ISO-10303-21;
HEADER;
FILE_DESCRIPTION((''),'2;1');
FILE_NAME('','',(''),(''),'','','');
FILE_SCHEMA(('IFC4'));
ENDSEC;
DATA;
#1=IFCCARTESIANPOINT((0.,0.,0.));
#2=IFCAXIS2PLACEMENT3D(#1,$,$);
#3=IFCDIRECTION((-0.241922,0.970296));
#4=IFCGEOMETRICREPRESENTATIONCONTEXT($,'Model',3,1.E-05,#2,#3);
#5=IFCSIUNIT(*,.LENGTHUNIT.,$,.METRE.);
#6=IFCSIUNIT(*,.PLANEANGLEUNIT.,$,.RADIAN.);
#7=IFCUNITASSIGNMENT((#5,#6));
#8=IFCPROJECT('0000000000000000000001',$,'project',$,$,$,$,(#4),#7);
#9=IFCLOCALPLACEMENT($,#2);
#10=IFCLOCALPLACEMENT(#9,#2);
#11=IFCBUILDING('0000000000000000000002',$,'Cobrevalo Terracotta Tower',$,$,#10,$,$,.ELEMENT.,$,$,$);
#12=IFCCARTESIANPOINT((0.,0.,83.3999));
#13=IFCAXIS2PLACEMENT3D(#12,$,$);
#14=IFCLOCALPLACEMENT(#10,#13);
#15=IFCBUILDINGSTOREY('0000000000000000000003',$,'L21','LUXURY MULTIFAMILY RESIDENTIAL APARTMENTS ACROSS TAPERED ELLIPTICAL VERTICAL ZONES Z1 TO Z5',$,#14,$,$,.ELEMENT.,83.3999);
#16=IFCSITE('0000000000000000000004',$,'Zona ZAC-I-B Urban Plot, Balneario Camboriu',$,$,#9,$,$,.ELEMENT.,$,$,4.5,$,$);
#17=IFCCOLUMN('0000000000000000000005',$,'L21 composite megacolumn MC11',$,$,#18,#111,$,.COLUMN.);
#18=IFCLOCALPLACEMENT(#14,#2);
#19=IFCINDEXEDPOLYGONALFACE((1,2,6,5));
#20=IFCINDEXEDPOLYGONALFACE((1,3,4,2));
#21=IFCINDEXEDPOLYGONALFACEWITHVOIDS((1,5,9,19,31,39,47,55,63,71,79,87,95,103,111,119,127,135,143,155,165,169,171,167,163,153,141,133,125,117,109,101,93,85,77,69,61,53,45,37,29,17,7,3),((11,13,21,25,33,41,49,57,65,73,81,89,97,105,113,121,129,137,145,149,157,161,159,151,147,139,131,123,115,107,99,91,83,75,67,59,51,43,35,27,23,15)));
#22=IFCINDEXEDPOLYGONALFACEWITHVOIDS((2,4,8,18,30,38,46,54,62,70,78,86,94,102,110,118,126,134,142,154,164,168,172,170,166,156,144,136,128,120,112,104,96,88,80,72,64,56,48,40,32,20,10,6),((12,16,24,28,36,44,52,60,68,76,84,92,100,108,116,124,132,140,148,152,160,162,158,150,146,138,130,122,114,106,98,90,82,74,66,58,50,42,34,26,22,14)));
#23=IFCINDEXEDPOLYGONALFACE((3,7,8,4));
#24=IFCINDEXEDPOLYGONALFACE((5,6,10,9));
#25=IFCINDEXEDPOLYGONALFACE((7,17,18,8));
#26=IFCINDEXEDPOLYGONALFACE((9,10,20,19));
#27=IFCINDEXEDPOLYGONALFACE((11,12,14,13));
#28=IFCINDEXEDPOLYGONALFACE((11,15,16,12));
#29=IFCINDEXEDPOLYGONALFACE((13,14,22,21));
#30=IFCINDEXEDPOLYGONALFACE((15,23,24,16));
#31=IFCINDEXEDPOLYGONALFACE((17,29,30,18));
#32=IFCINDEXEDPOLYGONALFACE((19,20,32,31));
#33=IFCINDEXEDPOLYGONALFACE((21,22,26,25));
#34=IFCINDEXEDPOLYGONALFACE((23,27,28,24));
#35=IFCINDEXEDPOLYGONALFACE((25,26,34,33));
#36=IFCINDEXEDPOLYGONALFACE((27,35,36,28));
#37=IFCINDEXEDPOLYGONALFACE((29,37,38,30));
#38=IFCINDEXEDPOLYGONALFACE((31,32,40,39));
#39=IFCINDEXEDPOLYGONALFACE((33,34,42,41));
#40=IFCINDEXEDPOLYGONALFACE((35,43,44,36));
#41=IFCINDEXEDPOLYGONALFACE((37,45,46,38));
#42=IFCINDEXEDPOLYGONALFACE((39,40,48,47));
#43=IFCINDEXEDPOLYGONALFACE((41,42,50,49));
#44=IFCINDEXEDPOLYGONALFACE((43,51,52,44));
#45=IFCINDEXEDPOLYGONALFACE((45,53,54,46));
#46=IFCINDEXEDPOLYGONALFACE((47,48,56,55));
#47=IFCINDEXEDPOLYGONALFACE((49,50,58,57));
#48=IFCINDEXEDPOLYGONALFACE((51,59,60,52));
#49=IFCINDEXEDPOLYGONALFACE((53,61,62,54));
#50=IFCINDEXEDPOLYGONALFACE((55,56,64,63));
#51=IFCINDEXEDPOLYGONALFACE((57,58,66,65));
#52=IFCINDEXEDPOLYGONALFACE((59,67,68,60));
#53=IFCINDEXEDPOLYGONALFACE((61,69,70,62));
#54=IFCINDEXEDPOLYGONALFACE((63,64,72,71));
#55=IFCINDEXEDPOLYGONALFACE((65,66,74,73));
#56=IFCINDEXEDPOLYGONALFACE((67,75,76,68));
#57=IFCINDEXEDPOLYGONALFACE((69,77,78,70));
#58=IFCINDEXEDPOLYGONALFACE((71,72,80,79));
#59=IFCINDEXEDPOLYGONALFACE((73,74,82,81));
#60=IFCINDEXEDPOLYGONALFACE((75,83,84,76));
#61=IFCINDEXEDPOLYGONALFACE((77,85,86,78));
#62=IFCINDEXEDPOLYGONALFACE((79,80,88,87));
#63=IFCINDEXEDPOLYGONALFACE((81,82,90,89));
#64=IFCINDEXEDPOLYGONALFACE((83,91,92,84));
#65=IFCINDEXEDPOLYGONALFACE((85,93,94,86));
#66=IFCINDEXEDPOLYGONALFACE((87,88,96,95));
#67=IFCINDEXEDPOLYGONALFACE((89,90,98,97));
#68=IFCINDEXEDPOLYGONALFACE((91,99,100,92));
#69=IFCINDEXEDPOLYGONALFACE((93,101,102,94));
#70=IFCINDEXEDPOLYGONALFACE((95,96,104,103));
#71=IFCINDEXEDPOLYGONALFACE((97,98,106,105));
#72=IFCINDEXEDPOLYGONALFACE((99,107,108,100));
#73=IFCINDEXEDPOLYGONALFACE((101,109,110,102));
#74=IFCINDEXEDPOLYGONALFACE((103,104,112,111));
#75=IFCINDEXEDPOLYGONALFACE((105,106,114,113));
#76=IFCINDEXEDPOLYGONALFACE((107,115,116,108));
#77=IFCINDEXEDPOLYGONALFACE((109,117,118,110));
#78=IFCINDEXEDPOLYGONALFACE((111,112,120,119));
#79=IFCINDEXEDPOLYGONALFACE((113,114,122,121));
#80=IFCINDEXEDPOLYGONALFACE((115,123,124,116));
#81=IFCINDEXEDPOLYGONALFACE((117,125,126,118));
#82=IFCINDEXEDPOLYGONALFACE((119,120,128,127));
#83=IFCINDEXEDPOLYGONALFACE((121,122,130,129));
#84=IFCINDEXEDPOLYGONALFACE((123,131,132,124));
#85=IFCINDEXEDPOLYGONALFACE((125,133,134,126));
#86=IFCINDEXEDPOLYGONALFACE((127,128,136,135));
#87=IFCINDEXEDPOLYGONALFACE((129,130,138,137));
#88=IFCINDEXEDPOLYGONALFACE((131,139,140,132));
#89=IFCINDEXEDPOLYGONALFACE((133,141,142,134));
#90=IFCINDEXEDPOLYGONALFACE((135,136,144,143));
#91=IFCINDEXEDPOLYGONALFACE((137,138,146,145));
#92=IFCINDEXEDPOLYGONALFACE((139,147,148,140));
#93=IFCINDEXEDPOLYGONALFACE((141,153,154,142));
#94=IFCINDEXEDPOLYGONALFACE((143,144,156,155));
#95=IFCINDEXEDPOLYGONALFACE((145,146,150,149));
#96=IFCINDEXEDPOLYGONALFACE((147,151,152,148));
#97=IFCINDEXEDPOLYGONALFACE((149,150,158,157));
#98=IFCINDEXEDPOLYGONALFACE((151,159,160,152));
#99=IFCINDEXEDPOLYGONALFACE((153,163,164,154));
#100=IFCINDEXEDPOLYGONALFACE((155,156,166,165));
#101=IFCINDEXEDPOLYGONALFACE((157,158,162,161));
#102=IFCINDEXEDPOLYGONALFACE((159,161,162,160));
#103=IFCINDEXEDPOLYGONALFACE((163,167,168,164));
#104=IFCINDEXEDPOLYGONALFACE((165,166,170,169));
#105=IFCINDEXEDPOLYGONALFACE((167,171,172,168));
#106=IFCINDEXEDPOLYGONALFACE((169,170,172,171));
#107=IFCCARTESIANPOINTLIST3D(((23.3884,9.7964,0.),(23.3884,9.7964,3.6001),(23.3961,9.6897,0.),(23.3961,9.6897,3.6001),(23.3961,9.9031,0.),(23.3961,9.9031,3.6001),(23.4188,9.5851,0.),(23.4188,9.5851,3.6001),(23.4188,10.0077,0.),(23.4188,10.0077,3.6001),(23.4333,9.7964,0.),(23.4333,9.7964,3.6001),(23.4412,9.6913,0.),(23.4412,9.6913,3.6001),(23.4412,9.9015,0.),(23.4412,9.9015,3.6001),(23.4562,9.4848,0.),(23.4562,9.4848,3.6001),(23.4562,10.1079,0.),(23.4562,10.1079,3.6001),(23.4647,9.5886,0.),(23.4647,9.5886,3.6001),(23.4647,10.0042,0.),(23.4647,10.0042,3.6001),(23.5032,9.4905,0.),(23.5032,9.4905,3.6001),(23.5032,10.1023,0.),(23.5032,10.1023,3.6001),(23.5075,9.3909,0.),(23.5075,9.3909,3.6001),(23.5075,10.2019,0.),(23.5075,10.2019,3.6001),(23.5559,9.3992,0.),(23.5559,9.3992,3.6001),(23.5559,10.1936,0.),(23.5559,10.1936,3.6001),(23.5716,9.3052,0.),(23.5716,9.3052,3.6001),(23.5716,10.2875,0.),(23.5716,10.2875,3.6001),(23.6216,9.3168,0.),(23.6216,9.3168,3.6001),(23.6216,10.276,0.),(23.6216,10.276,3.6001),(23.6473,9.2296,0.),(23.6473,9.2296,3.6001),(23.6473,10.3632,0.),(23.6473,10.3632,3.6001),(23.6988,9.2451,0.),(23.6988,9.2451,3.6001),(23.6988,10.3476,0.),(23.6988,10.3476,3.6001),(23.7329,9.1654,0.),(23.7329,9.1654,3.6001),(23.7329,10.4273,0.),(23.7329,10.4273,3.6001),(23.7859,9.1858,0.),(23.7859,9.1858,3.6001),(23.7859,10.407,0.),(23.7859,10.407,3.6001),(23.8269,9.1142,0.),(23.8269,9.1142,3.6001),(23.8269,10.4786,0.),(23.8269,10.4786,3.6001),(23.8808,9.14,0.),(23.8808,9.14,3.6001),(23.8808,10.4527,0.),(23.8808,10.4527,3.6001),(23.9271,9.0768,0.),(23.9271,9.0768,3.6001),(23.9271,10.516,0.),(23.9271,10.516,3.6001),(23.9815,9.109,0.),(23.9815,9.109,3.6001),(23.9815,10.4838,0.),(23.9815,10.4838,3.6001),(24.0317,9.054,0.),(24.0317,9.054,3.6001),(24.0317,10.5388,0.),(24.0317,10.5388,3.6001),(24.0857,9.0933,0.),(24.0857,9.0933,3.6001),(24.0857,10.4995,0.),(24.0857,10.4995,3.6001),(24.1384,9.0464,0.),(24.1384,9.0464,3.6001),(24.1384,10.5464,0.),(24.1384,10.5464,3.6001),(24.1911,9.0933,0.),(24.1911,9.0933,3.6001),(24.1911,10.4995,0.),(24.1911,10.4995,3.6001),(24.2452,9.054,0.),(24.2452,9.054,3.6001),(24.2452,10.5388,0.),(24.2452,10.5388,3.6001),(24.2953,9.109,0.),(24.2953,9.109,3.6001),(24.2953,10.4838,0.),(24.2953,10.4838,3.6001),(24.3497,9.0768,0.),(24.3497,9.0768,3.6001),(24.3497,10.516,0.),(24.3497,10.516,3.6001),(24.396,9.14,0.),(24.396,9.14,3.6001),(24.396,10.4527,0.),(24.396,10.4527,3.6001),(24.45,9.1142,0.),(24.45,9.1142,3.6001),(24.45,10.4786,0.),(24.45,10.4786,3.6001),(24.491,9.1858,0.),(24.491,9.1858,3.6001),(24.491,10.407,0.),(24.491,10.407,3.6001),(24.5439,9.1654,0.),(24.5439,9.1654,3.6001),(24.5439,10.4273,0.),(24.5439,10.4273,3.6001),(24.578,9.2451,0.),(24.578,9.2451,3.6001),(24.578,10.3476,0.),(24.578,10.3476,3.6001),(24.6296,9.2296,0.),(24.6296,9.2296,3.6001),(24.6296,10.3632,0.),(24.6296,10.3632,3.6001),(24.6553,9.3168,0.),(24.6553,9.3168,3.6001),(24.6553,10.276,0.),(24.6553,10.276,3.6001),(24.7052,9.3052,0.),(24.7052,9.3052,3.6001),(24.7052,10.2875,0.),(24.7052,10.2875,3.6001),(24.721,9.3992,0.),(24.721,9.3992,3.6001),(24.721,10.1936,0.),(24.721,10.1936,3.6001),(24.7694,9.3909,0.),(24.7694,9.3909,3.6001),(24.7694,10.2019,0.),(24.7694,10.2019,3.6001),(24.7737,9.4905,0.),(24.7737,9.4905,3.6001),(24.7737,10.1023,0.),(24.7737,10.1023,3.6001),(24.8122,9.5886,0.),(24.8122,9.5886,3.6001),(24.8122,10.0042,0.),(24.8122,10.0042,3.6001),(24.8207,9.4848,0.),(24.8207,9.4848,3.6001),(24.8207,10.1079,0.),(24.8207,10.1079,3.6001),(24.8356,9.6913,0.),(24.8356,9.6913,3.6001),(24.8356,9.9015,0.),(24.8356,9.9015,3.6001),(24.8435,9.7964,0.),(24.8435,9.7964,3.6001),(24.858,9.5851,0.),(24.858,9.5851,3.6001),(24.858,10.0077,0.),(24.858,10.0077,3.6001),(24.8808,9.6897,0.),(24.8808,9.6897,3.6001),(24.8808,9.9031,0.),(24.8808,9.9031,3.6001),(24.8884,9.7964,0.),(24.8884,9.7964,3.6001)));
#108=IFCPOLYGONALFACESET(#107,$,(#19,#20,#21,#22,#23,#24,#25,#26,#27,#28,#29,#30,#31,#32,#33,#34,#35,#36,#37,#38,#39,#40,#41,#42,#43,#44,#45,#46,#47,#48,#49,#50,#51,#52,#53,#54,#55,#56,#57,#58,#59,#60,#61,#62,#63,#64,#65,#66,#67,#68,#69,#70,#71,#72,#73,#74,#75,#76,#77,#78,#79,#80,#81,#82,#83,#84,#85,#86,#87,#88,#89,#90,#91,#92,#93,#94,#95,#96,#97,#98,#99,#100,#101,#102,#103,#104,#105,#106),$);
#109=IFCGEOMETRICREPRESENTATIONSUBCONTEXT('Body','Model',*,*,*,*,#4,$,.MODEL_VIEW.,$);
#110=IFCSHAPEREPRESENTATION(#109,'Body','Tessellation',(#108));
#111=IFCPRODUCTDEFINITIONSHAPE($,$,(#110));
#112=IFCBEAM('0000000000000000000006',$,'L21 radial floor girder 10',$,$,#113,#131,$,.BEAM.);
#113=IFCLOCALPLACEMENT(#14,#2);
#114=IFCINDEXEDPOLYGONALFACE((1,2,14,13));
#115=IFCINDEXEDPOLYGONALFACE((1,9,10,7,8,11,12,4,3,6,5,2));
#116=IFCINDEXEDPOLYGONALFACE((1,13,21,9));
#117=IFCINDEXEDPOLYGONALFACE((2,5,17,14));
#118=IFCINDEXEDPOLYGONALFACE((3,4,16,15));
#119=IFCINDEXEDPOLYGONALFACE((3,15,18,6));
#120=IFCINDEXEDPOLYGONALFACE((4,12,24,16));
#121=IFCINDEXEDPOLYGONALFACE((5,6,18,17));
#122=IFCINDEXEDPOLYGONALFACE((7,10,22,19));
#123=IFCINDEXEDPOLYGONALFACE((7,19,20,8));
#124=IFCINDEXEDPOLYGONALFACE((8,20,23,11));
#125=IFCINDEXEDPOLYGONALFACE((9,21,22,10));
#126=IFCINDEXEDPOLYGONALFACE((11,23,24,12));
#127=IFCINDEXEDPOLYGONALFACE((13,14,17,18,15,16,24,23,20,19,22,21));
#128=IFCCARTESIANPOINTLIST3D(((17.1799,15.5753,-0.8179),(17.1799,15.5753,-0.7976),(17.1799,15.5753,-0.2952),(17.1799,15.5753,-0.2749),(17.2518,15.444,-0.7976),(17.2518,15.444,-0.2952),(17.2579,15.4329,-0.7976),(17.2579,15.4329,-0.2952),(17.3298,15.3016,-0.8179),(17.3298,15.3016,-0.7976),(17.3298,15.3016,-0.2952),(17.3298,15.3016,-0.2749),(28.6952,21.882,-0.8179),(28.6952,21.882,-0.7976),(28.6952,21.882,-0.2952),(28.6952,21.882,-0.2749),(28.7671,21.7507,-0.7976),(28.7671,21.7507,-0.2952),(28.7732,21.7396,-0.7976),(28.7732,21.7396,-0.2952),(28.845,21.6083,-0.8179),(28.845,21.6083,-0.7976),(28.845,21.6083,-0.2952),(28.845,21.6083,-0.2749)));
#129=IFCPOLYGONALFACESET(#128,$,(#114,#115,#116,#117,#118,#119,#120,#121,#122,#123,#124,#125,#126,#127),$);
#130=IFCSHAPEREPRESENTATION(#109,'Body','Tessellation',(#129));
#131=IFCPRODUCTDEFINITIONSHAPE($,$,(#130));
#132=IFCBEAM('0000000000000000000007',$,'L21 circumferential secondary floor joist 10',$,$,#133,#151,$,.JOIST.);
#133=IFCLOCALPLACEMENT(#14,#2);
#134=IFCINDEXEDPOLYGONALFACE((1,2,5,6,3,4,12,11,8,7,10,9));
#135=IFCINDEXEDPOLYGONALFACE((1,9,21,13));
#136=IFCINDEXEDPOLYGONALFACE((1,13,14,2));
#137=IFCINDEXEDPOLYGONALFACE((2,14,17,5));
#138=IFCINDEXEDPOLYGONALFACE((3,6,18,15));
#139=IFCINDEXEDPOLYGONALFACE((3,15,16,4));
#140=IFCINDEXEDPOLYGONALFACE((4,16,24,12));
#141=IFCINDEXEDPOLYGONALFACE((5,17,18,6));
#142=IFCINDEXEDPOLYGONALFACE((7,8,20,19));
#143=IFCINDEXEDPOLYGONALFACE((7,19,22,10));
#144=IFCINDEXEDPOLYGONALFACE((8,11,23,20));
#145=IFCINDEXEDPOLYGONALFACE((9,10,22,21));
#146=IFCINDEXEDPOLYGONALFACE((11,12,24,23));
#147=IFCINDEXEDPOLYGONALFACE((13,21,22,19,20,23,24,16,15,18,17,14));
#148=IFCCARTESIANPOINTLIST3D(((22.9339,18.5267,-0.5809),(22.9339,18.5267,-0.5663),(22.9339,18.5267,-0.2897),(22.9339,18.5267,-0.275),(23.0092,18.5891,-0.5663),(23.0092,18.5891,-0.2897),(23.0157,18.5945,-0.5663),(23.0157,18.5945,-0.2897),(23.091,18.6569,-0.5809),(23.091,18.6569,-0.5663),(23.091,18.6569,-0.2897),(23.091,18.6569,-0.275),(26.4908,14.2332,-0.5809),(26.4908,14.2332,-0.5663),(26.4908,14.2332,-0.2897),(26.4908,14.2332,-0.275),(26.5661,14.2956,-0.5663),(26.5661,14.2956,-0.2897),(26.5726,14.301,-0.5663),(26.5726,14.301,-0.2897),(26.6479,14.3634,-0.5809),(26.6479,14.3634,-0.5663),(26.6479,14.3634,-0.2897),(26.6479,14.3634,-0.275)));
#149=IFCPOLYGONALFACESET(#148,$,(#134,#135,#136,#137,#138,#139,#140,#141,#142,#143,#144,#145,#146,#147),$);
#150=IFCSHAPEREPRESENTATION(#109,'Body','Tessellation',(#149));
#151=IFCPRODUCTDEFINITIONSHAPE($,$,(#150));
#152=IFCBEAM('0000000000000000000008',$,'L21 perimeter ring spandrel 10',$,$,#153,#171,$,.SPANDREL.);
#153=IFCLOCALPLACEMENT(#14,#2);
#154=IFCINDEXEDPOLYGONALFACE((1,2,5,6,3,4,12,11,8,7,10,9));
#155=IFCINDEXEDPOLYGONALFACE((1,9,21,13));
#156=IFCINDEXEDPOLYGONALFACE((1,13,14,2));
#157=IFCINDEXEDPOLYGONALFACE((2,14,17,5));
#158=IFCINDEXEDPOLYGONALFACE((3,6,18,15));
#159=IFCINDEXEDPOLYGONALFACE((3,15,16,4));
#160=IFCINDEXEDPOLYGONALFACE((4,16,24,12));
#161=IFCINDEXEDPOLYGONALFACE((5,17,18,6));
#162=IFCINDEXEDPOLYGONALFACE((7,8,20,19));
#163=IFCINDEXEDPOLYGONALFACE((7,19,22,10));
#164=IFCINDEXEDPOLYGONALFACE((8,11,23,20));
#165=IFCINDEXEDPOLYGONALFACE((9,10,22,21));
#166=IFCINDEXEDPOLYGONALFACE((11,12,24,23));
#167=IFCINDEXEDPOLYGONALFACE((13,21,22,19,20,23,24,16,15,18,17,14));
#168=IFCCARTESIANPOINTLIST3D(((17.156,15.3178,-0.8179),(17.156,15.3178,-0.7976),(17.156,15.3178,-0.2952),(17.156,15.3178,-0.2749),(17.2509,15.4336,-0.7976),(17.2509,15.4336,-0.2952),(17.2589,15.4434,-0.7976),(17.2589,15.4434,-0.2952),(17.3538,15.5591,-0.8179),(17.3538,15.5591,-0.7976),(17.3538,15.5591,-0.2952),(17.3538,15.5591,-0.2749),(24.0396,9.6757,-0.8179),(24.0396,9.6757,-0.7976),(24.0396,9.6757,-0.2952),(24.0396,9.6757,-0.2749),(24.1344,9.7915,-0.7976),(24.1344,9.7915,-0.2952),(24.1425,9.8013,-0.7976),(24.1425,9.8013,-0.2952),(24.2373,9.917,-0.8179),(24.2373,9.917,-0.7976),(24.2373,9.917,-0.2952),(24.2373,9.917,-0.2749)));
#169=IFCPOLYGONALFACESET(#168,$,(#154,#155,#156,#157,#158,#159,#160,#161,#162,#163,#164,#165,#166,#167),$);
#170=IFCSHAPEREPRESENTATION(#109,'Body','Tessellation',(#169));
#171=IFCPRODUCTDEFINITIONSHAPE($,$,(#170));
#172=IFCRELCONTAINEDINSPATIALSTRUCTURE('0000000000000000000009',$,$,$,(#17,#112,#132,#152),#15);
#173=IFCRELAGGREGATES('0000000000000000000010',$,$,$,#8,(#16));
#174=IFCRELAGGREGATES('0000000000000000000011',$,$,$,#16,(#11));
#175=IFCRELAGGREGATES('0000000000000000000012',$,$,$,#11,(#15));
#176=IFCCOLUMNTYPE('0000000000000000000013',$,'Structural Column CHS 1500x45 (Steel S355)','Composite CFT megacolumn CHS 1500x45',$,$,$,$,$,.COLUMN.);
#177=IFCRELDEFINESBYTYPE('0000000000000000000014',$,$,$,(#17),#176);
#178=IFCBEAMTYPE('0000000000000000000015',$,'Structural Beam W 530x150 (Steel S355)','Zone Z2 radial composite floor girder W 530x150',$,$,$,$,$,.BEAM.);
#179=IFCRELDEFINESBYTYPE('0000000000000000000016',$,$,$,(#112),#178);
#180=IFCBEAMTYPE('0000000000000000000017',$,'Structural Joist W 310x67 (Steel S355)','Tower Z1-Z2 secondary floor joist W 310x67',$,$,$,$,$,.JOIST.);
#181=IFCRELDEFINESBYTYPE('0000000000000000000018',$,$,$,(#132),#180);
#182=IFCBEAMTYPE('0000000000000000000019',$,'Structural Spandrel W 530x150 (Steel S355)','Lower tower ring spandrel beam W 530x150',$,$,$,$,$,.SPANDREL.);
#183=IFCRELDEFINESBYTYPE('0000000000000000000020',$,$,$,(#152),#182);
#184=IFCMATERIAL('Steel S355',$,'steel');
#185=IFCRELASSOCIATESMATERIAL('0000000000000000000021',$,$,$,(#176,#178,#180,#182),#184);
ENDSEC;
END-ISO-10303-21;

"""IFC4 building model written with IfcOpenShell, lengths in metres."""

from ifc_helpers import new_model, si_unit, direction, frame, origin, origin_2d, place, context, subcontext, project, spatial, hollow_circle, i_section, extrude, material, material_profile, profile_set, type_object, element, save


model = new_model("IFC4")

# Units and contexts
model_context = context("Model", 3, precision=1e-05, world=origin(), true_north=direction((-0.241922, 0.970296)))
body_context = subcontext(model_context, "Body", "Model", "MODEL_VIEW")
ifc_project = project(units=[si_unit("LENGTHUNIT", "METRE"), si_unit("PLANEANGLEUNIT", "RADIAN")], contexts=[model_context])

# Site, building, storey
site_placement = place(None, origin())
site = spatial("IfcSite", under=ifc_project, at=site_placement, Name="Zona ZAC-I-B Urban Plot, Balneario Camboriu", CompositionType="ELEMENT", RefElevation=4.5)
building_placement = place(site_placement, origin())
building = spatial("IfcBuilding", under=site, at=building_placement, Name="Cobrevalo Terracotta Tower", CompositionType="ELEMENT")
storey_placement = place(building_placement, frame((0.0, 0.0, 83.3999)))
storey = spatial("IfcBuildingStorey", under=building, at=storey_placement, Name="L21", Description="LUXURY MULTIFAMILY RESIDENTIAL APARTMENTS ACROSS TAPERED ELLIPTICAL VERTICAL ZONES Z1 TO Z5", CompositionType="ELEMENT", Elevation=83.3999)

# Column
ifc_material_1 = material(Name="Steel S355", Category="steel")
ifc_material_profile_1 = material_profile(ifc_material_1, hollow_circle(Radius=0.75, WallThickness=0.0449, at=origin_2d()), Name="CHS 1500x45")
ifc_profile_set_1 = profile_set([ifc_material_profile_1], Name="Steel S355")
column_type = type_object("IfcColumnType", Name="Structural Column CHS 1500x45 (Steel S355)", Description="Composite CFT megacolumn CHS 1500x45", PredefinedType="COLUMN", material=ifc_profile_set_1)
for number, where, z_axis, x_axis, name in (
    (1, (24.1384, 9.7964, 0.0), (0.0, 0.0, 1.0), (1.0, 0.0, 0.0), "L21 composite megacolumn MC11"),
):
    element("IfcColumn", number, at=place(storey_placement, frame(where, z_axis=z_axis, x_axis=x_axis)), inside=storey, type_object=column_type, Name=name, PredefinedType="COLUMN", context=body_context, shape_type="SweptSolid", body=[
        extrude(hollow_circle(Radius=0.75, WallThickness=0.0449, at=origin_2d()), origin(), (0.0, 0.0, 1.0), 3.6001),
    ])

# Beams
ifc_material_profile_2 = material_profile(ifc_material_1, i_section(OverallWidth=0.312, OverallDepth=0.543, WebThickness=0.0127, FlangeThickness=0.0203, at=origin_2d()), Name="W 530x150")
ifc_profile_set_2 = profile_set([ifc_material_profile_2], Name="Steel S355")
beam_type_1 = type_object("IfcBeamType", Name="Structural Beam W 530x150 (Steel S355)", Description="Zone Z2 radial composite floor girder W 530x150", PredefinedType="BEAM", material=ifc_profile_set_2)
beam_1_placement = place(storey_placement, frame((17.2549, 15.4385, -0.5464), z_axis=(0.877073, 0.480358, 0.0), x_axis=(-0.480358, 0.877073, 0.0)))
element("IfcBeam", 2, at=beam_1_placement, inside=storey, type_object=beam_type_1, Name="L21 radial floor girder 10", PredefinedType="BEAM", context=body_context, shape_type="SweptSolid", body=[
    extrude(i_section(OverallWidth=0.312, OverallDepth=0.543, WebThickness=0.0127, FlangeThickness=0.0203, at=origin_2d()), origin(), (0.0, 0.0, 1.0), 13.1292),
])
ifc_material_profile_3 = material_profile(ifc_material_1, i_section(OverallWidth=0.2041, OverallDepth=0.3059, WebThickness=0.0085, FlangeThickness=0.0146, at=origin_2d()), Name="W 310x67")
ifc_profile_set_3 = profile_set([ifc_material_profile_3], Name="Steel S355")
beam_type_2 = type_object("IfcBeamType", Name="Structural Joist W 310x67 (Steel S355)", Description="Tower Z1-Z2 secondary floor joist W 310x67", PredefinedType="JOIST", material=ifc_profile_set_3)
beam_2_placement = place(storey_placement, frame((23.0125, 18.5918, -0.428), z_axis=(0.637959, -0.77007, 0.0), x_axis=(0.77007, 0.637959, 0.0)))
element("IfcBeam", 3, at=beam_2_placement, inside=storey, type_object=beam_type_2, Name="L21 circumferential secondary floor joist 10", PredefinedType="JOIST", context=body_context, shape_type="SweptSolid", body=[
    extrude(i_section(OverallWidth=0.2041, OverallDepth=0.3059, WebThickness=0.0085, FlangeThickness=0.0146, at=origin_2d()), origin(), (0.0, 0.0, 1.0), 5.5754),
])
ifc_material_profile_4 = material_profile(ifc_material_1, i_section(OverallWidth=0.312, OverallDepth=0.543, WebThickness=0.0127, FlangeThickness=0.0203, at=origin_2d()), Name="W 530x150")
ifc_profile_set_4 = profile_set([ifc_material_profile_4], Name="Steel S355")
beam_type_3 = type_object("IfcBeamType", Name="Structural Spandrel W 530x150 (Steel S355)", Description="Lower tower ring spandrel beam W 530x150", PredefinedType="SPANDREL", material=ifc_profile_set_4)
beam_3_placement = place(storey_placement, frame((17.2549, 15.4385, -0.5464), z_axis=(0.773401, -0.633917, 0.0), x_axis=(0.633917, 0.773401, 0.0)))
element("IfcBeam", 4, at=beam_3_placement, inside=storey, type_object=beam_type_3, Name="L21 perimeter ring spandrel 10", PredefinedType="SPANDREL", context=body_context, shape_type="SweptSolid", body=[
    extrude(i_section(OverallWidth=0.312, OverallDepth=0.543, WebThickness=0.0127, FlangeThickness=0.0203, at=origin_2d()), origin(), (0.0, 0.0, 1.0), 8.9004),
])

save(model, "model.ifc")
